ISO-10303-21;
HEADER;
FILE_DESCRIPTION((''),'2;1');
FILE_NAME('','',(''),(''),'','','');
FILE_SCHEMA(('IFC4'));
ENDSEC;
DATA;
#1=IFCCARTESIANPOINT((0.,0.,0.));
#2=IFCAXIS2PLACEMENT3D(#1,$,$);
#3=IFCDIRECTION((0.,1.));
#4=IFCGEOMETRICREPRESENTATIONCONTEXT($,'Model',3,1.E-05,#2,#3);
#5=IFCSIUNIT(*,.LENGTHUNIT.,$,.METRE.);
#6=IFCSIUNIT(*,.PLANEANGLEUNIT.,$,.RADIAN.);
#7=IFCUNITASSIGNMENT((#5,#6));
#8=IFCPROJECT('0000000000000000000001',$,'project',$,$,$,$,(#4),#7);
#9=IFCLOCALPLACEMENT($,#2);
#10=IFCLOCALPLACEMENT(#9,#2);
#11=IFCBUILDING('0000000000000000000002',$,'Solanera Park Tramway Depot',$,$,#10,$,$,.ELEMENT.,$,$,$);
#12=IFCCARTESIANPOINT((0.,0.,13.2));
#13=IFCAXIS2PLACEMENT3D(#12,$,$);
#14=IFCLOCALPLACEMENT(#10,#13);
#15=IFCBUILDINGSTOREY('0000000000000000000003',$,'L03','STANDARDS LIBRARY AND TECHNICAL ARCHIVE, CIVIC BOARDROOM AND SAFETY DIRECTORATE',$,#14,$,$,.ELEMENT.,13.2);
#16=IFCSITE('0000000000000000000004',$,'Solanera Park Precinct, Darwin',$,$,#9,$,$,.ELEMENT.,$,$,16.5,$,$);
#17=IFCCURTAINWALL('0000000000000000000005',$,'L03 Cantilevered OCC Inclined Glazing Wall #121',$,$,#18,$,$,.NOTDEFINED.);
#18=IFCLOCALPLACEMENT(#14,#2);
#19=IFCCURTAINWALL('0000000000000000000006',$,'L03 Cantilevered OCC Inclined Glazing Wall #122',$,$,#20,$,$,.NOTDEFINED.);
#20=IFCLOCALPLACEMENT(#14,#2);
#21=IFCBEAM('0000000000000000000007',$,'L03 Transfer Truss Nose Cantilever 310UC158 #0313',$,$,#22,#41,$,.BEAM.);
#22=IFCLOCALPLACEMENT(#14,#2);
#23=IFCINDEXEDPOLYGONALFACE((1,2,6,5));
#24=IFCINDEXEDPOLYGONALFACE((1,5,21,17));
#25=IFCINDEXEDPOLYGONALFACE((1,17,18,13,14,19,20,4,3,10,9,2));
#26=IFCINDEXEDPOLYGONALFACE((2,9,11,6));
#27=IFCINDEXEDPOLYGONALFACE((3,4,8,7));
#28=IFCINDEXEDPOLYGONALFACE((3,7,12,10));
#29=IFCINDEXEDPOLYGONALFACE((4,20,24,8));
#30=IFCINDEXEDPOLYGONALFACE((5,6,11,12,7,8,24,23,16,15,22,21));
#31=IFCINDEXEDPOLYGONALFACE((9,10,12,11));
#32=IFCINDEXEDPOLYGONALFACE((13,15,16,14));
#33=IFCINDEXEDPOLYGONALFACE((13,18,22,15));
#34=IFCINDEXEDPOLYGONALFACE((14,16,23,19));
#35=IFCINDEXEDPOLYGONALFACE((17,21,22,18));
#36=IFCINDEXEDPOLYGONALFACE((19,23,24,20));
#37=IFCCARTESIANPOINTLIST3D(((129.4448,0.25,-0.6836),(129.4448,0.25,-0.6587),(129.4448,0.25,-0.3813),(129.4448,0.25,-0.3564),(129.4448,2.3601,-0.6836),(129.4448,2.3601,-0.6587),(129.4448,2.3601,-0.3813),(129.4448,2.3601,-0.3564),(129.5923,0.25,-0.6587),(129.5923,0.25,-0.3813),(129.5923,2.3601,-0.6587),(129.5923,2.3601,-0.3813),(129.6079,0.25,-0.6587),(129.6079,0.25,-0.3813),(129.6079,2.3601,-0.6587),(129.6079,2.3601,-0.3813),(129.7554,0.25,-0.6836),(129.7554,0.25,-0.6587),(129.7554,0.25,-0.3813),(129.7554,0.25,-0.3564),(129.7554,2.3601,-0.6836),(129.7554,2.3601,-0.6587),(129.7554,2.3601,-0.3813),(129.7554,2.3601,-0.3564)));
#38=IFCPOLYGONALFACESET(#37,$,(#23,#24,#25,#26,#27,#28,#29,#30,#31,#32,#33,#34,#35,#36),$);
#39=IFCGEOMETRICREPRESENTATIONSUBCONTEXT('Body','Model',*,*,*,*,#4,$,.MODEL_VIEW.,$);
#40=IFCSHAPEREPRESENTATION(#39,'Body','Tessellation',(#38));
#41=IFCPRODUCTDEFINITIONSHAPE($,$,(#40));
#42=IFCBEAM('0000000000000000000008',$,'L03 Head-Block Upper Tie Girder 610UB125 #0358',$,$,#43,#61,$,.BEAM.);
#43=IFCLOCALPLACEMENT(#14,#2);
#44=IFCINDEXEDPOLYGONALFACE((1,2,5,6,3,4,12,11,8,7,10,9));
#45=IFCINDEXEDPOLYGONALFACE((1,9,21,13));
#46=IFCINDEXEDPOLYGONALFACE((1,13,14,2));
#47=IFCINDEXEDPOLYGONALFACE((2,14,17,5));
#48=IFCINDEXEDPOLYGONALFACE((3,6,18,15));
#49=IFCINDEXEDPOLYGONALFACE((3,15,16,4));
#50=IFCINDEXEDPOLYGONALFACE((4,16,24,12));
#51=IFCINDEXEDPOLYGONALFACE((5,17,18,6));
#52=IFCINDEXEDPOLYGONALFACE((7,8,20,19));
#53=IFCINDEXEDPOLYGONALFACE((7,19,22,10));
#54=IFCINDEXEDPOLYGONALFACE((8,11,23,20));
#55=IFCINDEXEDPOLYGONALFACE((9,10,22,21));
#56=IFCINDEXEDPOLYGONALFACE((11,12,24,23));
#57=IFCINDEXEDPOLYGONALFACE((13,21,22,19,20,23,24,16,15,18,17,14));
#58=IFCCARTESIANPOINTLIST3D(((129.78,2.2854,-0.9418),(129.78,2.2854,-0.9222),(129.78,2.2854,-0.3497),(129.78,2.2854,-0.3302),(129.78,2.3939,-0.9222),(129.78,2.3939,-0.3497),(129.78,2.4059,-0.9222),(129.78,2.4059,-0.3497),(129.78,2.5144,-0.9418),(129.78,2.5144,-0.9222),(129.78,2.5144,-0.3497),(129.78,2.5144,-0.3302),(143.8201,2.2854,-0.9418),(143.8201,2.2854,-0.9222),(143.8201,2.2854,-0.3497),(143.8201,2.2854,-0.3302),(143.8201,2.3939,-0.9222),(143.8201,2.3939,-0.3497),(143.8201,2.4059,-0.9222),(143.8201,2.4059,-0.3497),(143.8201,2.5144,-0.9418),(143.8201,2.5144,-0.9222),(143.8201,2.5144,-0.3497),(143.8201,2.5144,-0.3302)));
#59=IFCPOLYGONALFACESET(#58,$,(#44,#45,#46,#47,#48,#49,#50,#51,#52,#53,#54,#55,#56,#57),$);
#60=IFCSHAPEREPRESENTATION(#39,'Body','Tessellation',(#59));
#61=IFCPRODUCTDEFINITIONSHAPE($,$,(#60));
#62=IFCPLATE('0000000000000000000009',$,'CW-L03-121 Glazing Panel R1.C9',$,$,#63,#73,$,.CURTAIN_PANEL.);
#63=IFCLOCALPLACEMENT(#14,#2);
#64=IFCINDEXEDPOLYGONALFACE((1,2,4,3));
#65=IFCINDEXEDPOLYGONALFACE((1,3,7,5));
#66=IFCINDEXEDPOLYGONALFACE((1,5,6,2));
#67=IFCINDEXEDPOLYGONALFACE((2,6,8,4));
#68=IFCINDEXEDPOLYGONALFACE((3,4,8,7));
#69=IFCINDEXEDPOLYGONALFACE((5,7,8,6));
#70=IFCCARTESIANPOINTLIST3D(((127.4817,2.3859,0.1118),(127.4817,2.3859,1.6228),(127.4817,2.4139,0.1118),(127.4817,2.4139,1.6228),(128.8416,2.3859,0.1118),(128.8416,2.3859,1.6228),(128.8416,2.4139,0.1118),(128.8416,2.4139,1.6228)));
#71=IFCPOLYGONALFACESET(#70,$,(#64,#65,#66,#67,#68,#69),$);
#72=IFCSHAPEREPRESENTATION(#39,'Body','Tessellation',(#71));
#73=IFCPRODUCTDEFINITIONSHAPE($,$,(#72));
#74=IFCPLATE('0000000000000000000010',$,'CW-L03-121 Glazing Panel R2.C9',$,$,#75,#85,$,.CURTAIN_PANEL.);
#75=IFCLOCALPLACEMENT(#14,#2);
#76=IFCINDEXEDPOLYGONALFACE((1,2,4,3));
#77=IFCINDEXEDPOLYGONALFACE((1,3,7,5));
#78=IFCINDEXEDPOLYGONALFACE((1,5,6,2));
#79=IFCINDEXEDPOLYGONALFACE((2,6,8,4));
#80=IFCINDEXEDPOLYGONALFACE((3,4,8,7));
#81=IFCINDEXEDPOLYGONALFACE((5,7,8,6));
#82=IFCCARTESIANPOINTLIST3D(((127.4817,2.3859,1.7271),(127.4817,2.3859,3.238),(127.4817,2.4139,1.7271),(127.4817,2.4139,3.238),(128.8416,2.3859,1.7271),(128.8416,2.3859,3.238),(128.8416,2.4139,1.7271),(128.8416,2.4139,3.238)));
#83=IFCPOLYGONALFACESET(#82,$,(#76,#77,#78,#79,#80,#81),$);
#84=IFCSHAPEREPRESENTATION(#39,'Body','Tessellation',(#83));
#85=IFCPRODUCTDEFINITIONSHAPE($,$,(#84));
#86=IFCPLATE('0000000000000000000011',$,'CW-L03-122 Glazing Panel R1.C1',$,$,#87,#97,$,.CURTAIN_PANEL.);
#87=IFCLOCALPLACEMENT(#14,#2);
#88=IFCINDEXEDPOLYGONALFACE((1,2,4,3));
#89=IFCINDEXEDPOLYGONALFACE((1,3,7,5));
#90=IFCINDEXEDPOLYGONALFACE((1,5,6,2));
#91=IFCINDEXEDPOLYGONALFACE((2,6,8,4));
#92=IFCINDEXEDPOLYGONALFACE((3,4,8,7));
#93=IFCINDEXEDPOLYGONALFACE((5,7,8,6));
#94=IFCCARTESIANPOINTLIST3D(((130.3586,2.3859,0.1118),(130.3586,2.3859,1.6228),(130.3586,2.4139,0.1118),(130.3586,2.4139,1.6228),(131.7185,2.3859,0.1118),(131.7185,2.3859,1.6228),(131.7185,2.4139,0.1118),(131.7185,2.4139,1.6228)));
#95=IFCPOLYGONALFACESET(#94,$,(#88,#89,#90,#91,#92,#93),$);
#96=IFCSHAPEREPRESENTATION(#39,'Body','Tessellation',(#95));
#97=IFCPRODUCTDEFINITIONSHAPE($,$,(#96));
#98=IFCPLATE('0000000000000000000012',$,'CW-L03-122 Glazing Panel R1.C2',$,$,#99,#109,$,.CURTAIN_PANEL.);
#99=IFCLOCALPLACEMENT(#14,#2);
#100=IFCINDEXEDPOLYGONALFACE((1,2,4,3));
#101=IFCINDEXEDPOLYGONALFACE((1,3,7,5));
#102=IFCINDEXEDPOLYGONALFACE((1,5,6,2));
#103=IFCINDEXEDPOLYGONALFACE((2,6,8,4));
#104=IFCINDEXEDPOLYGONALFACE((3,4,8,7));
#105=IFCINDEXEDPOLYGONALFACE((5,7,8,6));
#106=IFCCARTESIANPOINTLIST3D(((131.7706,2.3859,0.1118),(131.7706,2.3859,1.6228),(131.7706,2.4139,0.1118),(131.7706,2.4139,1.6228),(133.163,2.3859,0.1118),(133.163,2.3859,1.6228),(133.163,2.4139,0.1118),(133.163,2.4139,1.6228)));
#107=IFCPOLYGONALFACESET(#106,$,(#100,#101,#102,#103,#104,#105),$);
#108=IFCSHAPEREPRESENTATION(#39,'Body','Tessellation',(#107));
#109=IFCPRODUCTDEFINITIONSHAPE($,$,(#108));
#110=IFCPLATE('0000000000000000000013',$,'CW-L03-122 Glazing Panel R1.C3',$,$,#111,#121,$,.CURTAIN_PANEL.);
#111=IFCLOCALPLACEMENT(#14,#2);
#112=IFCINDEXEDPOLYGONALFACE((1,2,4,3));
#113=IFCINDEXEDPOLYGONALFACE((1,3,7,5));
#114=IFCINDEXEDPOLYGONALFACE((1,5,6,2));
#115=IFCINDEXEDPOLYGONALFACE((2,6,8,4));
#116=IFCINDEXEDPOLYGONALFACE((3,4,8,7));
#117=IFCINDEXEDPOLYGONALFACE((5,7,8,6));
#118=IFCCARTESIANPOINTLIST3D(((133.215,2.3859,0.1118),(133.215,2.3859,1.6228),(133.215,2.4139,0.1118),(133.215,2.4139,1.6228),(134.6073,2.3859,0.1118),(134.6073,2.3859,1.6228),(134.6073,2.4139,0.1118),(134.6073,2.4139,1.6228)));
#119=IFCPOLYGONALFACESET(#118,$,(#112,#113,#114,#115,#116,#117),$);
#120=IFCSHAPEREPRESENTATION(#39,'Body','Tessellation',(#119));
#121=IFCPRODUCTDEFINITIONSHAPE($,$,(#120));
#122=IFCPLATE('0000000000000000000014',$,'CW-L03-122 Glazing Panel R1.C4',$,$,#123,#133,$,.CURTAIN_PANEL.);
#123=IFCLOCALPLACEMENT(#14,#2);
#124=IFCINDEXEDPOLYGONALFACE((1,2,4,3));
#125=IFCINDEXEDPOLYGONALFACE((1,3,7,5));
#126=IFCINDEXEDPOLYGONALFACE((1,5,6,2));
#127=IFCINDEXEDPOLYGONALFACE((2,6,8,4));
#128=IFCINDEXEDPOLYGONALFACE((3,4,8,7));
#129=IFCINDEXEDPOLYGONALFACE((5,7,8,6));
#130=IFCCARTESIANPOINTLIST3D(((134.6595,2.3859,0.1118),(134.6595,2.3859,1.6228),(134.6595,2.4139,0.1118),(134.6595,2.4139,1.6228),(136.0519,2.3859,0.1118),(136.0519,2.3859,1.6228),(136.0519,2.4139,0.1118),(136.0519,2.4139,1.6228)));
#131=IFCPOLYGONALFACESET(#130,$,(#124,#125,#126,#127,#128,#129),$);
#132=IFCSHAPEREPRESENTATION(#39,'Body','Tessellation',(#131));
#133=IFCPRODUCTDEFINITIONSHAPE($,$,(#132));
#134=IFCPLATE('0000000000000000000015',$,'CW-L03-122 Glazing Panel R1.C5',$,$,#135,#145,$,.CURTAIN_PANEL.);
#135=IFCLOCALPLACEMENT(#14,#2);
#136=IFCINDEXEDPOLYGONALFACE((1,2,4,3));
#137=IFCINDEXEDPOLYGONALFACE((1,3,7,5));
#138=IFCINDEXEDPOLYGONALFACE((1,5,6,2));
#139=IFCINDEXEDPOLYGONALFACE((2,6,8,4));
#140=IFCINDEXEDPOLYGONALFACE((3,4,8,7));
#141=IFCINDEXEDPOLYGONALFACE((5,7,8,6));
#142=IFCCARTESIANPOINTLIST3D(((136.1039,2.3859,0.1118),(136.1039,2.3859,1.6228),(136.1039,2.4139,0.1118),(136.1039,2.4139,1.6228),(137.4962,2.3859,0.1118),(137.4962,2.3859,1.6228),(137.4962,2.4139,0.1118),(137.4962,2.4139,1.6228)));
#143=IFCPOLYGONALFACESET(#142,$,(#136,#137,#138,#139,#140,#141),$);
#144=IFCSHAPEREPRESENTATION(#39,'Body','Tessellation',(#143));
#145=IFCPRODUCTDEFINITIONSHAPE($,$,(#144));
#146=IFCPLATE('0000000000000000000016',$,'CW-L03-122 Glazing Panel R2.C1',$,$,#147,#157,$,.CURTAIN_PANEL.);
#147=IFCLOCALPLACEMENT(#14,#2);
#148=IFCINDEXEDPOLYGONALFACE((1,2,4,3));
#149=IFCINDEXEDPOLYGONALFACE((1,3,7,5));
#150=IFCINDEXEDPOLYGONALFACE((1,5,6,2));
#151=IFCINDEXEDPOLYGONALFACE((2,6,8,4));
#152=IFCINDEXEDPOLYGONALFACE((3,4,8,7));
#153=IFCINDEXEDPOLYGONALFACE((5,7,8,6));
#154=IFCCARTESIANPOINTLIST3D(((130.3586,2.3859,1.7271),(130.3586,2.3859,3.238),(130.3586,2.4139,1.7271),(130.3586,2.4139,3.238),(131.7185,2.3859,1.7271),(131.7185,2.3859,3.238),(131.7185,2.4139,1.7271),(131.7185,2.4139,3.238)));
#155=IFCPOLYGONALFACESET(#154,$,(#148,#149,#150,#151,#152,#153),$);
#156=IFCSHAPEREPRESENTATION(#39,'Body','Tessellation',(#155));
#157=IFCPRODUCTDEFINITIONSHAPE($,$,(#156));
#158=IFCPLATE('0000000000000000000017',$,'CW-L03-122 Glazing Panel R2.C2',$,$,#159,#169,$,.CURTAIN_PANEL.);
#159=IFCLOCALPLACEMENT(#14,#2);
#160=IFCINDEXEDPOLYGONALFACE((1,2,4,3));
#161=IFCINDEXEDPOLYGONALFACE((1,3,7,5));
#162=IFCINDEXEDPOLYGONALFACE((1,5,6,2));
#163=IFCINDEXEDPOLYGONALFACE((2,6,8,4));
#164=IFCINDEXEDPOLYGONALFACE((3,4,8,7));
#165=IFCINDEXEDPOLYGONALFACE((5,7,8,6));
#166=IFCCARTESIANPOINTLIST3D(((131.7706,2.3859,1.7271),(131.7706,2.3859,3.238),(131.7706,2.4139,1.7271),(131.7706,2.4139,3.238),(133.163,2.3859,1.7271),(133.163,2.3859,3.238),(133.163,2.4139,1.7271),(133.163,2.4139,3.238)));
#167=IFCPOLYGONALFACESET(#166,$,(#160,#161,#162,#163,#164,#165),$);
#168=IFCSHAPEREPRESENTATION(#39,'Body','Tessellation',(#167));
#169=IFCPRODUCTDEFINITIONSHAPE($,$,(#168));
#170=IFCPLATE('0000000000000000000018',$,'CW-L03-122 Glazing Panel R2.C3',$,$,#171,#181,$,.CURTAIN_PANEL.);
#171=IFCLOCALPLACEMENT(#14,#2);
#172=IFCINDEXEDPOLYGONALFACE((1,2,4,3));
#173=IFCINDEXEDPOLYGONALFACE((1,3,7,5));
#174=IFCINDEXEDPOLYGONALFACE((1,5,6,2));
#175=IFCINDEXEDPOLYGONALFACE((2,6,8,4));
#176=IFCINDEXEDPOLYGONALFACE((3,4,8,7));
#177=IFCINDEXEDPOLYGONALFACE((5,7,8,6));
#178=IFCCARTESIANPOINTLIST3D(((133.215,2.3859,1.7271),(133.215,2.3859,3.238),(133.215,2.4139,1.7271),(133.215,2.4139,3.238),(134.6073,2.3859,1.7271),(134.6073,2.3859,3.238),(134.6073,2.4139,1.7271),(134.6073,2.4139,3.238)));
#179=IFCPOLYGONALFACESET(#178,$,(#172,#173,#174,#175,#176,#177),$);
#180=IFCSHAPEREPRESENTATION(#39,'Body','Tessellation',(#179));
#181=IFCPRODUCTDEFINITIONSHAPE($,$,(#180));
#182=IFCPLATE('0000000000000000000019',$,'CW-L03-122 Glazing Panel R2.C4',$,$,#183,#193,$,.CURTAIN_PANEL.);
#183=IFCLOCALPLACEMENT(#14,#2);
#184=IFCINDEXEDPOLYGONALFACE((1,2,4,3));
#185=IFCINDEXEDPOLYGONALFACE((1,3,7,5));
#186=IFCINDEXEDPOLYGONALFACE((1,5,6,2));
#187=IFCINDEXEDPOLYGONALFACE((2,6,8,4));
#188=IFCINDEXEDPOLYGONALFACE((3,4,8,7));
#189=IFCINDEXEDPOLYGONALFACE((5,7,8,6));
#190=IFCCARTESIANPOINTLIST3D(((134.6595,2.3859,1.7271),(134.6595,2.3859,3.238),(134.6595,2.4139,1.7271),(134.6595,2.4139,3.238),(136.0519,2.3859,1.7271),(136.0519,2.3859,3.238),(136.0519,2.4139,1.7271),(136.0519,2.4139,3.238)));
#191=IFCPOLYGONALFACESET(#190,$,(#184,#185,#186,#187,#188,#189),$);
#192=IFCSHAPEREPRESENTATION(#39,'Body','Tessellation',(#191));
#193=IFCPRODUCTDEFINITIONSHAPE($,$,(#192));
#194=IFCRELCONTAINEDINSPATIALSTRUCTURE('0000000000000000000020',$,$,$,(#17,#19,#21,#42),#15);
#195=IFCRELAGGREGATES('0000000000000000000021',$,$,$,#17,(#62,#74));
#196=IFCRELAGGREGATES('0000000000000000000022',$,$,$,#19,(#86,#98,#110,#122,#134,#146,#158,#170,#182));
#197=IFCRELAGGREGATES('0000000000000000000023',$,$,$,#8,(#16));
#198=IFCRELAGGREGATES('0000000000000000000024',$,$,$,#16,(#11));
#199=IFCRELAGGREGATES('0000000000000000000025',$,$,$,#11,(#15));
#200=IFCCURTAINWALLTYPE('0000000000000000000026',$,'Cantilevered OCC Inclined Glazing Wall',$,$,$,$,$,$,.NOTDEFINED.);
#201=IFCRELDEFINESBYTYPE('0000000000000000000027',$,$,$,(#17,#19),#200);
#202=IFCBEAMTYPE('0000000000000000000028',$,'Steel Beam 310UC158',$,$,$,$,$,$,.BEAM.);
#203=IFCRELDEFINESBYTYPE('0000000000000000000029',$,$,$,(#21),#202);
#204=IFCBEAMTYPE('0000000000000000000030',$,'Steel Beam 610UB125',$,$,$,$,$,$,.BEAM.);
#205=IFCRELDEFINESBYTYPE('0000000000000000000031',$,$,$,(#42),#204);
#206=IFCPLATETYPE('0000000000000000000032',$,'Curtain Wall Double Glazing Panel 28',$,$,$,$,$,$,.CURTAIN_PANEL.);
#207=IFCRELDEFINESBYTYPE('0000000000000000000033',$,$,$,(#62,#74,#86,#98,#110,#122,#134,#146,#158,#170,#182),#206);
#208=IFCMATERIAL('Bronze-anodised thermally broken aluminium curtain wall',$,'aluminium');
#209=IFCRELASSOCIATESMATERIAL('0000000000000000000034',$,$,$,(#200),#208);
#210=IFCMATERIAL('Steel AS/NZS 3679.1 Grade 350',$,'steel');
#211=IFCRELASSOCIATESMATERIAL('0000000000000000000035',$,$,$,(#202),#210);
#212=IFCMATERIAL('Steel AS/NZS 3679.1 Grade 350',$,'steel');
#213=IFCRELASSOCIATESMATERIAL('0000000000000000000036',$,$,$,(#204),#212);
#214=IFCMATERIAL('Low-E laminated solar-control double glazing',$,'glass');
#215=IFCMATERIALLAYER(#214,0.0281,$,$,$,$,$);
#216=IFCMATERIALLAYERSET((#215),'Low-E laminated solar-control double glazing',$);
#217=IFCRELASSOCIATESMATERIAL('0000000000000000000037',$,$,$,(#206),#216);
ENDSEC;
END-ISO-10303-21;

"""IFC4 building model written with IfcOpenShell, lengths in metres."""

from ifc_helpers import new_model, si_unit, direction, frame, origin, origin_2d, place, context, subcontext, project, spatial, rectangle, i_section, extrude, material, layer, layer_set, material_profile, profile_set, type_object, element, aggregate, save


model = new_model("IFC4")

# Units and contexts
model_context = context("Model", 3, precision=1e-05, world=origin(), true_north=direction((0.0, 1.0)))
body_context = subcontext(model_context, "Body", "Model", "MODEL_VIEW")
ifc_project = project(units=[si_unit("LENGTHUNIT", "METRE"), si_unit("PLANEANGLEUNIT", "RADIAN")], contexts=[model_context])

# Site, building, storey
site_placement = place(None, origin())
site = spatial("IfcSite", under=ifc_project, at=site_placement, Name="Solanera Park Precinct, Darwin", CompositionType="ELEMENT", RefElevation=16.5)
building_placement = place(site_placement, origin())
building = spatial("IfcBuilding", under=site, at=building_placement, Name="Solanera Park Tramway Depot", CompositionType="ELEMENT")
storey_placement = place(building_placement, frame((0.0, 0.0, 13.2)))
storey = spatial("IfcBuildingStorey", under=building, at=storey_placement, Name="L03", Description="STANDARDS LIBRARY AND TECHNICAL ARCHIVE, CIVIC BOARDROOM AND SAFETY DIRECTORATE", CompositionType="ELEMENT", Elevation=13.2)

# Curtain wall
ifc_material_1 = material(Name="Bronze-anodised thermally broken aluminium curtain wall", Category="aluminium")
curtain_wall_type = type_object("IfcCurtainWallType", Name="Cantilevered OCC Inclined Glazing Wall", PredefinedType="NOTDEFINED", material=ifc_material_1)
curtain_wall_1_placement = place(storey_placement, origin())
curtain_wall_1 = element("IfcCurtainWall", 1, at=curtain_wall_1_placement, inside=storey, type_object=curtain_wall_type, Name="L03 Cantilevered OCC Inclined Glazing Wall #121", PredefinedType="NOTDEFINED")

# Curtain wall
curtain_wall_2_placement = place(storey_placement, origin())
curtain_wall_2 = element("IfcCurtainWall", 2, at=curtain_wall_2_placement, inside=storey, type_object=curtain_wall_type, Name="L03 Cantilevered OCC Inclined Glazing Wall #122", PredefinedType="NOTDEFINED")

# Beams
ifc_material_2 = material(Name="Steel AS/NZS 3679.1 Grade 350", Category="steel")
ifc_material_profile_1 = material_profile(ifc_material_2, i_section(OverallWidth=0.3105, OverallDepth=0.3271, WebThickness=0.0156, FlangeThickness=0.0249, at=origin_2d()), Name="310UC158")
ifc_profile_set_1 = profile_set([ifc_material_profile_1], Name="Steel AS/NZS 3679.1 Grade 350")
beam_type_1 = type_object("IfcBeamType", Name="Steel Beam 310UC158", PredefinedType="BEAM", material=ifc_profile_set_1)
beam_1_placement = place(storey_placement, frame((129.6001, 0.25, -0.52), z_axis=(0.0, 1.0, 0.0), x_axis=(-1.0, 0.0, 0.0)))
element("IfcBeam", 3, at=beam_1_placement, inside=storey, type_object=beam_type_1, Name="L03 Transfer Truss Nose Cantilever 310UC158 #0313", PredefinedType="BEAM", context=body_context, shape_type="SweptSolid", body=[
    extrude(i_section(OverallWidth=0.3105, OverallDepth=0.3271, WebThickness=0.0156, FlangeThickness=0.0249, at=origin_2d()), origin(), (0.0, 0.0, 1.0), 2.1101),
])
ifc_material_3 = material(Name="Steel AS/NZS 3679.1 Grade 350", Category="steel")
ifc_material_profile_2 = material_profile(ifc_material_3, i_section(OverallWidth=0.229, OverallDepth=0.6116, WebThickness=0.012, FlangeThickness=0.0195, at=origin_2d()), Name="610UB125")
ifc_profile_set_2 = profile_set([ifc_material_profile_2], Name="Steel AS/NZS 3679.1 Grade 350")
beam_type_2 = type_object("IfcBeamType", Name="Steel Beam 610UB125", PredefinedType="BEAM", material=ifc_profile_set_2)
beam_2_placement = place(storey_placement, frame((129.78, 2.3999, -0.636), z_axis=(1.0, 0.0, 0.0), x_axis=(0.0, 1.0, 0.0)))
element("IfcBeam", 4, at=beam_2_placement, inside=storey, type_object=beam_type_2, Name="L03 Head-Block Upper Tie Girder 610UB125 #0358", PredefinedType="BEAM", context=body_context, shape_type="SweptSolid", body=[
    extrude(i_section(OverallWidth=0.229, OverallDepth=0.6116, WebThickness=0.012, FlangeThickness=0.0195, at=origin_2d()), origin(), (0.0, 0.0, 1.0), 14.04),
])

# Plates
ifc_material_4 = material(Name="Low-E laminated solar-control double glazing", Category="glass")
ifc_layer_1 = layer(ifc_material_4, 0.0281)
ifc_layer_set_1 = layer_set([ifc_layer_1], Name="Low-E laminated solar-control double glazing")
plate_type_1 = type_object("IfcPlateType", Name="Curtain Wall Double Glazing Panel 28", PredefinedType="CURTAIN_PANEL", material=ifc_layer_set_1)
plate_1_placement = place(storey_placement, frame((128.1616, 2.3999, 0.1118), z_axis=(0.0, 0.0, 1.0), x_axis=(1.0, 0.0, 0.0)))
plate_1 = element("IfcPlate", 5, at=plate_1_placement, type_object=plate_type_1, Name="CW-L03-121 Glazing Panel R1.C9", PredefinedType="CURTAIN_PANEL", context=body_context, shape_type="SweptSolid", body=[
    extrude(rectangle(XDim=1.3599, YDim=0.0281, at=origin_2d()), origin(), (0.0, 0.0, 1.0), 1.511),
])
plate_2_placement = place(storey_placement, frame((128.1616, 2.3999, 1.7271), z_axis=(0.0, 0.0, 1.0), x_axis=(1.0, 0.0, 0.0)))
plate_2 = element("IfcPlate", 6, at=plate_2_placement, type_object=plate_type_1, Name="CW-L03-121 Glazing Panel R2.C9", PredefinedType="CURTAIN_PANEL", context=body_context, shape_type="SweptSolid", body=[
    extrude(rectangle(XDim=1.3599, YDim=0.0281, at=origin_2d()), origin(), (0.0, 0.0, 1.0), 1.511),
])
aggregate(curtain_wall_1, [plate_1, plate_2])
plate_3_placement = place(storey_placement, frame((131.0386, 2.3999, 0.1118), z_axis=(0.0, 0.0, 1.0), x_axis=(1.0, 0.0, 0.0)))
plate_3 = element("IfcPlate", 7, at=plate_3_placement, type_object=plate_type_1, Name="CW-L03-122 Glazing Panel R1.C1", PredefinedType="CURTAIN_PANEL", context=body_context, shape_type="SweptSolid", body=[
    extrude(rectangle(XDim=1.3599, YDim=0.0281, at=origin_2d()), origin(), (0.0, 0.0, 1.0), 1.511),
])
plate_4_placement = place(storey_placement, frame((132.4668, 2.3999, 0.1118), z_axis=(0.0, 0.0, 1.0), x_axis=(1.0, 0.0, 0.0)))
plate_4 = element("IfcPlate", 8, at=plate_4_placement, type_object=plate_type_1, Name="CW-L03-122 Glazing Panel R1.C2", PredefinedType="CURTAIN_PANEL", context=body_context, shape_type="SweptSolid", body=[
    extrude(rectangle(XDim=1.3923, YDim=0.0281, at=origin_2d()), origin(), (0.0, 0.0, 1.0), 1.511),
])
plate_5_placement = place(storey_placement, frame((133.9111, 2.3999, 0.1118), z_axis=(0.0, 0.0, 1.0), x_axis=(1.0, 0.0, 0.0)))
plate_5 = element("IfcPlate", 9, at=plate_5_placement, type_object=plate_type_1, Name="CW-L03-122 Glazing Panel R1.C3", PredefinedType="CURTAIN_PANEL", context=body_context, shape_type="SweptSolid", body=[
    extrude(rectangle(XDim=1.3923, YDim=0.0281, at=origin_2d()), origin(), (0.0, 0.0, 1.0), 1.511),
])
plate_6_placement = place(storey_placement, frame((135.3557, 2.3999, 0.1118), z_axis=(0.0, 0.0, 1.0), x_axis=(1.0, 0.0, 0.0)))
plate_6 = element("IfcPlate", 10, at=plate_6_placement, type_object=plate_type_1, Name="CW-L03-122 Glazing Panel R1.C4", PredefinedType="CURTAIN_PANEL", context=body_context, shape_type="SweptSolid", body=[
    extrude(rectangle(XDim=1.3923, YDim=0.0281, at=origin_2d()), origin(), (0.0, 0.0, 1.0), 1.511),
])
plate_7_placement = place(storey_placement, frame((136.8, 2.3999, 0.1118), z_axis=(0.0, 0.0, 1.0), x_axis=(1.0, 0.0, 0.0)))
plate_7 = element("IfcPlate", 11, at=plate_7_placement, type_object=plate_type_1, Name="CW-L03-122 Glazing Panel R1.C5", PredefinedType="CURTAIN_PANEL", context=body_context, shape_type="SweptSolid", body=[
    extrude(rectangle(XDim=1.3923, YDim=0.0281, at=origin_2d()), origin(), (0.0, 0.0, 1.0), 1.511),
])
plate_8_placement = place(storey_placement, frame((131.0386, 2.3999, 1.7271), z_axis=(0.0, 0.0, 1.0), x_axis=(1.0, 0.0, 0.0)))
plate_8 = element("IfcPlate", 12, at=plate_8_placement, type_object=plate_type_1, Name="CW-L03-122 Glazing Panel R2.C1", PredefinedType="CURTAIN_PANEL", context=body_context, shape_type="SweptSolid", body=[
    extrude(rectangle(XDim=1.3599, YDim=0.0281, at=origin_2d()), origin(), (0.0, 0.0, 1.0), 1.511),
])
plate_9_placement = place(storey_placement, frame((132.4668, 2.3999, 1.7271), z_axis=(0.0, 0.0, 1.0), x_axis=(1.0, 0.0, 0.0)))
plate_9 = element("IfcPlate", 13, at=plate_9_placement, type_object=plate_type_1, Name="CW-L03-122 Glazing Panel R2.C2", PredefinedType="CURTAIN_PANEL", context=body_context, shape_type="SweptSolid", body=[
    extrude(rectangle(XDim=1.3923, YDim=0.0281, at=origin_2d()), origin(), (0.0, 0.0, 1.0), 1.511),
])
plate_10_placement = place(storey_placement, frame((133.9111, 2.3999, 1.7271), z_axis=(0.0, 0.0, 1.0), x_axis=(1.0, 0.0, 0.0)))
plate_10 = element("IfcPlate", 14, at=plate_10_placement, type_object=plate_type_1, Name="CW-L03-122 Glazing Panel R2.C3", PredefinedType="CURTAIN_PANEL", context=body_context, shape_type="SweptSolid", body=[
    extrude(rectangle(XDim=1.3923, YDim=0.0281, at=origin_2d()), origin(), (0.0, 0.0, 1.0), 1.511),
])
plate_11_placement = place(storey_placement, frame((135.3557, 2.3999, 1.7271), z_axis=(0.0, 0.0, 1.0), x_axis=(1.0, 0.0, 0.0)))
plate_11 = element("IfcPlate", 15, at=plate_11_placement, type_object=plate_type_1, Name="CW-L03-122 Glazing Panel R2.C4", PredefinedType="CURTAIN_PANEL", context=body_context, shape_type="SweptSolid", body=[
    extrude(rectangle(XDim=1.3923, YDim=0.0281, at=origin_2d()), origin(), (0.0, 0.0, 1.0), 1.511),
])
aggregate(curtain_wall_2, [plate_3, plate_4, plate_5, plate_6, plate_7, plate_8, plate_9, plate_10, plate_11])

save(model, "model.ifc")
